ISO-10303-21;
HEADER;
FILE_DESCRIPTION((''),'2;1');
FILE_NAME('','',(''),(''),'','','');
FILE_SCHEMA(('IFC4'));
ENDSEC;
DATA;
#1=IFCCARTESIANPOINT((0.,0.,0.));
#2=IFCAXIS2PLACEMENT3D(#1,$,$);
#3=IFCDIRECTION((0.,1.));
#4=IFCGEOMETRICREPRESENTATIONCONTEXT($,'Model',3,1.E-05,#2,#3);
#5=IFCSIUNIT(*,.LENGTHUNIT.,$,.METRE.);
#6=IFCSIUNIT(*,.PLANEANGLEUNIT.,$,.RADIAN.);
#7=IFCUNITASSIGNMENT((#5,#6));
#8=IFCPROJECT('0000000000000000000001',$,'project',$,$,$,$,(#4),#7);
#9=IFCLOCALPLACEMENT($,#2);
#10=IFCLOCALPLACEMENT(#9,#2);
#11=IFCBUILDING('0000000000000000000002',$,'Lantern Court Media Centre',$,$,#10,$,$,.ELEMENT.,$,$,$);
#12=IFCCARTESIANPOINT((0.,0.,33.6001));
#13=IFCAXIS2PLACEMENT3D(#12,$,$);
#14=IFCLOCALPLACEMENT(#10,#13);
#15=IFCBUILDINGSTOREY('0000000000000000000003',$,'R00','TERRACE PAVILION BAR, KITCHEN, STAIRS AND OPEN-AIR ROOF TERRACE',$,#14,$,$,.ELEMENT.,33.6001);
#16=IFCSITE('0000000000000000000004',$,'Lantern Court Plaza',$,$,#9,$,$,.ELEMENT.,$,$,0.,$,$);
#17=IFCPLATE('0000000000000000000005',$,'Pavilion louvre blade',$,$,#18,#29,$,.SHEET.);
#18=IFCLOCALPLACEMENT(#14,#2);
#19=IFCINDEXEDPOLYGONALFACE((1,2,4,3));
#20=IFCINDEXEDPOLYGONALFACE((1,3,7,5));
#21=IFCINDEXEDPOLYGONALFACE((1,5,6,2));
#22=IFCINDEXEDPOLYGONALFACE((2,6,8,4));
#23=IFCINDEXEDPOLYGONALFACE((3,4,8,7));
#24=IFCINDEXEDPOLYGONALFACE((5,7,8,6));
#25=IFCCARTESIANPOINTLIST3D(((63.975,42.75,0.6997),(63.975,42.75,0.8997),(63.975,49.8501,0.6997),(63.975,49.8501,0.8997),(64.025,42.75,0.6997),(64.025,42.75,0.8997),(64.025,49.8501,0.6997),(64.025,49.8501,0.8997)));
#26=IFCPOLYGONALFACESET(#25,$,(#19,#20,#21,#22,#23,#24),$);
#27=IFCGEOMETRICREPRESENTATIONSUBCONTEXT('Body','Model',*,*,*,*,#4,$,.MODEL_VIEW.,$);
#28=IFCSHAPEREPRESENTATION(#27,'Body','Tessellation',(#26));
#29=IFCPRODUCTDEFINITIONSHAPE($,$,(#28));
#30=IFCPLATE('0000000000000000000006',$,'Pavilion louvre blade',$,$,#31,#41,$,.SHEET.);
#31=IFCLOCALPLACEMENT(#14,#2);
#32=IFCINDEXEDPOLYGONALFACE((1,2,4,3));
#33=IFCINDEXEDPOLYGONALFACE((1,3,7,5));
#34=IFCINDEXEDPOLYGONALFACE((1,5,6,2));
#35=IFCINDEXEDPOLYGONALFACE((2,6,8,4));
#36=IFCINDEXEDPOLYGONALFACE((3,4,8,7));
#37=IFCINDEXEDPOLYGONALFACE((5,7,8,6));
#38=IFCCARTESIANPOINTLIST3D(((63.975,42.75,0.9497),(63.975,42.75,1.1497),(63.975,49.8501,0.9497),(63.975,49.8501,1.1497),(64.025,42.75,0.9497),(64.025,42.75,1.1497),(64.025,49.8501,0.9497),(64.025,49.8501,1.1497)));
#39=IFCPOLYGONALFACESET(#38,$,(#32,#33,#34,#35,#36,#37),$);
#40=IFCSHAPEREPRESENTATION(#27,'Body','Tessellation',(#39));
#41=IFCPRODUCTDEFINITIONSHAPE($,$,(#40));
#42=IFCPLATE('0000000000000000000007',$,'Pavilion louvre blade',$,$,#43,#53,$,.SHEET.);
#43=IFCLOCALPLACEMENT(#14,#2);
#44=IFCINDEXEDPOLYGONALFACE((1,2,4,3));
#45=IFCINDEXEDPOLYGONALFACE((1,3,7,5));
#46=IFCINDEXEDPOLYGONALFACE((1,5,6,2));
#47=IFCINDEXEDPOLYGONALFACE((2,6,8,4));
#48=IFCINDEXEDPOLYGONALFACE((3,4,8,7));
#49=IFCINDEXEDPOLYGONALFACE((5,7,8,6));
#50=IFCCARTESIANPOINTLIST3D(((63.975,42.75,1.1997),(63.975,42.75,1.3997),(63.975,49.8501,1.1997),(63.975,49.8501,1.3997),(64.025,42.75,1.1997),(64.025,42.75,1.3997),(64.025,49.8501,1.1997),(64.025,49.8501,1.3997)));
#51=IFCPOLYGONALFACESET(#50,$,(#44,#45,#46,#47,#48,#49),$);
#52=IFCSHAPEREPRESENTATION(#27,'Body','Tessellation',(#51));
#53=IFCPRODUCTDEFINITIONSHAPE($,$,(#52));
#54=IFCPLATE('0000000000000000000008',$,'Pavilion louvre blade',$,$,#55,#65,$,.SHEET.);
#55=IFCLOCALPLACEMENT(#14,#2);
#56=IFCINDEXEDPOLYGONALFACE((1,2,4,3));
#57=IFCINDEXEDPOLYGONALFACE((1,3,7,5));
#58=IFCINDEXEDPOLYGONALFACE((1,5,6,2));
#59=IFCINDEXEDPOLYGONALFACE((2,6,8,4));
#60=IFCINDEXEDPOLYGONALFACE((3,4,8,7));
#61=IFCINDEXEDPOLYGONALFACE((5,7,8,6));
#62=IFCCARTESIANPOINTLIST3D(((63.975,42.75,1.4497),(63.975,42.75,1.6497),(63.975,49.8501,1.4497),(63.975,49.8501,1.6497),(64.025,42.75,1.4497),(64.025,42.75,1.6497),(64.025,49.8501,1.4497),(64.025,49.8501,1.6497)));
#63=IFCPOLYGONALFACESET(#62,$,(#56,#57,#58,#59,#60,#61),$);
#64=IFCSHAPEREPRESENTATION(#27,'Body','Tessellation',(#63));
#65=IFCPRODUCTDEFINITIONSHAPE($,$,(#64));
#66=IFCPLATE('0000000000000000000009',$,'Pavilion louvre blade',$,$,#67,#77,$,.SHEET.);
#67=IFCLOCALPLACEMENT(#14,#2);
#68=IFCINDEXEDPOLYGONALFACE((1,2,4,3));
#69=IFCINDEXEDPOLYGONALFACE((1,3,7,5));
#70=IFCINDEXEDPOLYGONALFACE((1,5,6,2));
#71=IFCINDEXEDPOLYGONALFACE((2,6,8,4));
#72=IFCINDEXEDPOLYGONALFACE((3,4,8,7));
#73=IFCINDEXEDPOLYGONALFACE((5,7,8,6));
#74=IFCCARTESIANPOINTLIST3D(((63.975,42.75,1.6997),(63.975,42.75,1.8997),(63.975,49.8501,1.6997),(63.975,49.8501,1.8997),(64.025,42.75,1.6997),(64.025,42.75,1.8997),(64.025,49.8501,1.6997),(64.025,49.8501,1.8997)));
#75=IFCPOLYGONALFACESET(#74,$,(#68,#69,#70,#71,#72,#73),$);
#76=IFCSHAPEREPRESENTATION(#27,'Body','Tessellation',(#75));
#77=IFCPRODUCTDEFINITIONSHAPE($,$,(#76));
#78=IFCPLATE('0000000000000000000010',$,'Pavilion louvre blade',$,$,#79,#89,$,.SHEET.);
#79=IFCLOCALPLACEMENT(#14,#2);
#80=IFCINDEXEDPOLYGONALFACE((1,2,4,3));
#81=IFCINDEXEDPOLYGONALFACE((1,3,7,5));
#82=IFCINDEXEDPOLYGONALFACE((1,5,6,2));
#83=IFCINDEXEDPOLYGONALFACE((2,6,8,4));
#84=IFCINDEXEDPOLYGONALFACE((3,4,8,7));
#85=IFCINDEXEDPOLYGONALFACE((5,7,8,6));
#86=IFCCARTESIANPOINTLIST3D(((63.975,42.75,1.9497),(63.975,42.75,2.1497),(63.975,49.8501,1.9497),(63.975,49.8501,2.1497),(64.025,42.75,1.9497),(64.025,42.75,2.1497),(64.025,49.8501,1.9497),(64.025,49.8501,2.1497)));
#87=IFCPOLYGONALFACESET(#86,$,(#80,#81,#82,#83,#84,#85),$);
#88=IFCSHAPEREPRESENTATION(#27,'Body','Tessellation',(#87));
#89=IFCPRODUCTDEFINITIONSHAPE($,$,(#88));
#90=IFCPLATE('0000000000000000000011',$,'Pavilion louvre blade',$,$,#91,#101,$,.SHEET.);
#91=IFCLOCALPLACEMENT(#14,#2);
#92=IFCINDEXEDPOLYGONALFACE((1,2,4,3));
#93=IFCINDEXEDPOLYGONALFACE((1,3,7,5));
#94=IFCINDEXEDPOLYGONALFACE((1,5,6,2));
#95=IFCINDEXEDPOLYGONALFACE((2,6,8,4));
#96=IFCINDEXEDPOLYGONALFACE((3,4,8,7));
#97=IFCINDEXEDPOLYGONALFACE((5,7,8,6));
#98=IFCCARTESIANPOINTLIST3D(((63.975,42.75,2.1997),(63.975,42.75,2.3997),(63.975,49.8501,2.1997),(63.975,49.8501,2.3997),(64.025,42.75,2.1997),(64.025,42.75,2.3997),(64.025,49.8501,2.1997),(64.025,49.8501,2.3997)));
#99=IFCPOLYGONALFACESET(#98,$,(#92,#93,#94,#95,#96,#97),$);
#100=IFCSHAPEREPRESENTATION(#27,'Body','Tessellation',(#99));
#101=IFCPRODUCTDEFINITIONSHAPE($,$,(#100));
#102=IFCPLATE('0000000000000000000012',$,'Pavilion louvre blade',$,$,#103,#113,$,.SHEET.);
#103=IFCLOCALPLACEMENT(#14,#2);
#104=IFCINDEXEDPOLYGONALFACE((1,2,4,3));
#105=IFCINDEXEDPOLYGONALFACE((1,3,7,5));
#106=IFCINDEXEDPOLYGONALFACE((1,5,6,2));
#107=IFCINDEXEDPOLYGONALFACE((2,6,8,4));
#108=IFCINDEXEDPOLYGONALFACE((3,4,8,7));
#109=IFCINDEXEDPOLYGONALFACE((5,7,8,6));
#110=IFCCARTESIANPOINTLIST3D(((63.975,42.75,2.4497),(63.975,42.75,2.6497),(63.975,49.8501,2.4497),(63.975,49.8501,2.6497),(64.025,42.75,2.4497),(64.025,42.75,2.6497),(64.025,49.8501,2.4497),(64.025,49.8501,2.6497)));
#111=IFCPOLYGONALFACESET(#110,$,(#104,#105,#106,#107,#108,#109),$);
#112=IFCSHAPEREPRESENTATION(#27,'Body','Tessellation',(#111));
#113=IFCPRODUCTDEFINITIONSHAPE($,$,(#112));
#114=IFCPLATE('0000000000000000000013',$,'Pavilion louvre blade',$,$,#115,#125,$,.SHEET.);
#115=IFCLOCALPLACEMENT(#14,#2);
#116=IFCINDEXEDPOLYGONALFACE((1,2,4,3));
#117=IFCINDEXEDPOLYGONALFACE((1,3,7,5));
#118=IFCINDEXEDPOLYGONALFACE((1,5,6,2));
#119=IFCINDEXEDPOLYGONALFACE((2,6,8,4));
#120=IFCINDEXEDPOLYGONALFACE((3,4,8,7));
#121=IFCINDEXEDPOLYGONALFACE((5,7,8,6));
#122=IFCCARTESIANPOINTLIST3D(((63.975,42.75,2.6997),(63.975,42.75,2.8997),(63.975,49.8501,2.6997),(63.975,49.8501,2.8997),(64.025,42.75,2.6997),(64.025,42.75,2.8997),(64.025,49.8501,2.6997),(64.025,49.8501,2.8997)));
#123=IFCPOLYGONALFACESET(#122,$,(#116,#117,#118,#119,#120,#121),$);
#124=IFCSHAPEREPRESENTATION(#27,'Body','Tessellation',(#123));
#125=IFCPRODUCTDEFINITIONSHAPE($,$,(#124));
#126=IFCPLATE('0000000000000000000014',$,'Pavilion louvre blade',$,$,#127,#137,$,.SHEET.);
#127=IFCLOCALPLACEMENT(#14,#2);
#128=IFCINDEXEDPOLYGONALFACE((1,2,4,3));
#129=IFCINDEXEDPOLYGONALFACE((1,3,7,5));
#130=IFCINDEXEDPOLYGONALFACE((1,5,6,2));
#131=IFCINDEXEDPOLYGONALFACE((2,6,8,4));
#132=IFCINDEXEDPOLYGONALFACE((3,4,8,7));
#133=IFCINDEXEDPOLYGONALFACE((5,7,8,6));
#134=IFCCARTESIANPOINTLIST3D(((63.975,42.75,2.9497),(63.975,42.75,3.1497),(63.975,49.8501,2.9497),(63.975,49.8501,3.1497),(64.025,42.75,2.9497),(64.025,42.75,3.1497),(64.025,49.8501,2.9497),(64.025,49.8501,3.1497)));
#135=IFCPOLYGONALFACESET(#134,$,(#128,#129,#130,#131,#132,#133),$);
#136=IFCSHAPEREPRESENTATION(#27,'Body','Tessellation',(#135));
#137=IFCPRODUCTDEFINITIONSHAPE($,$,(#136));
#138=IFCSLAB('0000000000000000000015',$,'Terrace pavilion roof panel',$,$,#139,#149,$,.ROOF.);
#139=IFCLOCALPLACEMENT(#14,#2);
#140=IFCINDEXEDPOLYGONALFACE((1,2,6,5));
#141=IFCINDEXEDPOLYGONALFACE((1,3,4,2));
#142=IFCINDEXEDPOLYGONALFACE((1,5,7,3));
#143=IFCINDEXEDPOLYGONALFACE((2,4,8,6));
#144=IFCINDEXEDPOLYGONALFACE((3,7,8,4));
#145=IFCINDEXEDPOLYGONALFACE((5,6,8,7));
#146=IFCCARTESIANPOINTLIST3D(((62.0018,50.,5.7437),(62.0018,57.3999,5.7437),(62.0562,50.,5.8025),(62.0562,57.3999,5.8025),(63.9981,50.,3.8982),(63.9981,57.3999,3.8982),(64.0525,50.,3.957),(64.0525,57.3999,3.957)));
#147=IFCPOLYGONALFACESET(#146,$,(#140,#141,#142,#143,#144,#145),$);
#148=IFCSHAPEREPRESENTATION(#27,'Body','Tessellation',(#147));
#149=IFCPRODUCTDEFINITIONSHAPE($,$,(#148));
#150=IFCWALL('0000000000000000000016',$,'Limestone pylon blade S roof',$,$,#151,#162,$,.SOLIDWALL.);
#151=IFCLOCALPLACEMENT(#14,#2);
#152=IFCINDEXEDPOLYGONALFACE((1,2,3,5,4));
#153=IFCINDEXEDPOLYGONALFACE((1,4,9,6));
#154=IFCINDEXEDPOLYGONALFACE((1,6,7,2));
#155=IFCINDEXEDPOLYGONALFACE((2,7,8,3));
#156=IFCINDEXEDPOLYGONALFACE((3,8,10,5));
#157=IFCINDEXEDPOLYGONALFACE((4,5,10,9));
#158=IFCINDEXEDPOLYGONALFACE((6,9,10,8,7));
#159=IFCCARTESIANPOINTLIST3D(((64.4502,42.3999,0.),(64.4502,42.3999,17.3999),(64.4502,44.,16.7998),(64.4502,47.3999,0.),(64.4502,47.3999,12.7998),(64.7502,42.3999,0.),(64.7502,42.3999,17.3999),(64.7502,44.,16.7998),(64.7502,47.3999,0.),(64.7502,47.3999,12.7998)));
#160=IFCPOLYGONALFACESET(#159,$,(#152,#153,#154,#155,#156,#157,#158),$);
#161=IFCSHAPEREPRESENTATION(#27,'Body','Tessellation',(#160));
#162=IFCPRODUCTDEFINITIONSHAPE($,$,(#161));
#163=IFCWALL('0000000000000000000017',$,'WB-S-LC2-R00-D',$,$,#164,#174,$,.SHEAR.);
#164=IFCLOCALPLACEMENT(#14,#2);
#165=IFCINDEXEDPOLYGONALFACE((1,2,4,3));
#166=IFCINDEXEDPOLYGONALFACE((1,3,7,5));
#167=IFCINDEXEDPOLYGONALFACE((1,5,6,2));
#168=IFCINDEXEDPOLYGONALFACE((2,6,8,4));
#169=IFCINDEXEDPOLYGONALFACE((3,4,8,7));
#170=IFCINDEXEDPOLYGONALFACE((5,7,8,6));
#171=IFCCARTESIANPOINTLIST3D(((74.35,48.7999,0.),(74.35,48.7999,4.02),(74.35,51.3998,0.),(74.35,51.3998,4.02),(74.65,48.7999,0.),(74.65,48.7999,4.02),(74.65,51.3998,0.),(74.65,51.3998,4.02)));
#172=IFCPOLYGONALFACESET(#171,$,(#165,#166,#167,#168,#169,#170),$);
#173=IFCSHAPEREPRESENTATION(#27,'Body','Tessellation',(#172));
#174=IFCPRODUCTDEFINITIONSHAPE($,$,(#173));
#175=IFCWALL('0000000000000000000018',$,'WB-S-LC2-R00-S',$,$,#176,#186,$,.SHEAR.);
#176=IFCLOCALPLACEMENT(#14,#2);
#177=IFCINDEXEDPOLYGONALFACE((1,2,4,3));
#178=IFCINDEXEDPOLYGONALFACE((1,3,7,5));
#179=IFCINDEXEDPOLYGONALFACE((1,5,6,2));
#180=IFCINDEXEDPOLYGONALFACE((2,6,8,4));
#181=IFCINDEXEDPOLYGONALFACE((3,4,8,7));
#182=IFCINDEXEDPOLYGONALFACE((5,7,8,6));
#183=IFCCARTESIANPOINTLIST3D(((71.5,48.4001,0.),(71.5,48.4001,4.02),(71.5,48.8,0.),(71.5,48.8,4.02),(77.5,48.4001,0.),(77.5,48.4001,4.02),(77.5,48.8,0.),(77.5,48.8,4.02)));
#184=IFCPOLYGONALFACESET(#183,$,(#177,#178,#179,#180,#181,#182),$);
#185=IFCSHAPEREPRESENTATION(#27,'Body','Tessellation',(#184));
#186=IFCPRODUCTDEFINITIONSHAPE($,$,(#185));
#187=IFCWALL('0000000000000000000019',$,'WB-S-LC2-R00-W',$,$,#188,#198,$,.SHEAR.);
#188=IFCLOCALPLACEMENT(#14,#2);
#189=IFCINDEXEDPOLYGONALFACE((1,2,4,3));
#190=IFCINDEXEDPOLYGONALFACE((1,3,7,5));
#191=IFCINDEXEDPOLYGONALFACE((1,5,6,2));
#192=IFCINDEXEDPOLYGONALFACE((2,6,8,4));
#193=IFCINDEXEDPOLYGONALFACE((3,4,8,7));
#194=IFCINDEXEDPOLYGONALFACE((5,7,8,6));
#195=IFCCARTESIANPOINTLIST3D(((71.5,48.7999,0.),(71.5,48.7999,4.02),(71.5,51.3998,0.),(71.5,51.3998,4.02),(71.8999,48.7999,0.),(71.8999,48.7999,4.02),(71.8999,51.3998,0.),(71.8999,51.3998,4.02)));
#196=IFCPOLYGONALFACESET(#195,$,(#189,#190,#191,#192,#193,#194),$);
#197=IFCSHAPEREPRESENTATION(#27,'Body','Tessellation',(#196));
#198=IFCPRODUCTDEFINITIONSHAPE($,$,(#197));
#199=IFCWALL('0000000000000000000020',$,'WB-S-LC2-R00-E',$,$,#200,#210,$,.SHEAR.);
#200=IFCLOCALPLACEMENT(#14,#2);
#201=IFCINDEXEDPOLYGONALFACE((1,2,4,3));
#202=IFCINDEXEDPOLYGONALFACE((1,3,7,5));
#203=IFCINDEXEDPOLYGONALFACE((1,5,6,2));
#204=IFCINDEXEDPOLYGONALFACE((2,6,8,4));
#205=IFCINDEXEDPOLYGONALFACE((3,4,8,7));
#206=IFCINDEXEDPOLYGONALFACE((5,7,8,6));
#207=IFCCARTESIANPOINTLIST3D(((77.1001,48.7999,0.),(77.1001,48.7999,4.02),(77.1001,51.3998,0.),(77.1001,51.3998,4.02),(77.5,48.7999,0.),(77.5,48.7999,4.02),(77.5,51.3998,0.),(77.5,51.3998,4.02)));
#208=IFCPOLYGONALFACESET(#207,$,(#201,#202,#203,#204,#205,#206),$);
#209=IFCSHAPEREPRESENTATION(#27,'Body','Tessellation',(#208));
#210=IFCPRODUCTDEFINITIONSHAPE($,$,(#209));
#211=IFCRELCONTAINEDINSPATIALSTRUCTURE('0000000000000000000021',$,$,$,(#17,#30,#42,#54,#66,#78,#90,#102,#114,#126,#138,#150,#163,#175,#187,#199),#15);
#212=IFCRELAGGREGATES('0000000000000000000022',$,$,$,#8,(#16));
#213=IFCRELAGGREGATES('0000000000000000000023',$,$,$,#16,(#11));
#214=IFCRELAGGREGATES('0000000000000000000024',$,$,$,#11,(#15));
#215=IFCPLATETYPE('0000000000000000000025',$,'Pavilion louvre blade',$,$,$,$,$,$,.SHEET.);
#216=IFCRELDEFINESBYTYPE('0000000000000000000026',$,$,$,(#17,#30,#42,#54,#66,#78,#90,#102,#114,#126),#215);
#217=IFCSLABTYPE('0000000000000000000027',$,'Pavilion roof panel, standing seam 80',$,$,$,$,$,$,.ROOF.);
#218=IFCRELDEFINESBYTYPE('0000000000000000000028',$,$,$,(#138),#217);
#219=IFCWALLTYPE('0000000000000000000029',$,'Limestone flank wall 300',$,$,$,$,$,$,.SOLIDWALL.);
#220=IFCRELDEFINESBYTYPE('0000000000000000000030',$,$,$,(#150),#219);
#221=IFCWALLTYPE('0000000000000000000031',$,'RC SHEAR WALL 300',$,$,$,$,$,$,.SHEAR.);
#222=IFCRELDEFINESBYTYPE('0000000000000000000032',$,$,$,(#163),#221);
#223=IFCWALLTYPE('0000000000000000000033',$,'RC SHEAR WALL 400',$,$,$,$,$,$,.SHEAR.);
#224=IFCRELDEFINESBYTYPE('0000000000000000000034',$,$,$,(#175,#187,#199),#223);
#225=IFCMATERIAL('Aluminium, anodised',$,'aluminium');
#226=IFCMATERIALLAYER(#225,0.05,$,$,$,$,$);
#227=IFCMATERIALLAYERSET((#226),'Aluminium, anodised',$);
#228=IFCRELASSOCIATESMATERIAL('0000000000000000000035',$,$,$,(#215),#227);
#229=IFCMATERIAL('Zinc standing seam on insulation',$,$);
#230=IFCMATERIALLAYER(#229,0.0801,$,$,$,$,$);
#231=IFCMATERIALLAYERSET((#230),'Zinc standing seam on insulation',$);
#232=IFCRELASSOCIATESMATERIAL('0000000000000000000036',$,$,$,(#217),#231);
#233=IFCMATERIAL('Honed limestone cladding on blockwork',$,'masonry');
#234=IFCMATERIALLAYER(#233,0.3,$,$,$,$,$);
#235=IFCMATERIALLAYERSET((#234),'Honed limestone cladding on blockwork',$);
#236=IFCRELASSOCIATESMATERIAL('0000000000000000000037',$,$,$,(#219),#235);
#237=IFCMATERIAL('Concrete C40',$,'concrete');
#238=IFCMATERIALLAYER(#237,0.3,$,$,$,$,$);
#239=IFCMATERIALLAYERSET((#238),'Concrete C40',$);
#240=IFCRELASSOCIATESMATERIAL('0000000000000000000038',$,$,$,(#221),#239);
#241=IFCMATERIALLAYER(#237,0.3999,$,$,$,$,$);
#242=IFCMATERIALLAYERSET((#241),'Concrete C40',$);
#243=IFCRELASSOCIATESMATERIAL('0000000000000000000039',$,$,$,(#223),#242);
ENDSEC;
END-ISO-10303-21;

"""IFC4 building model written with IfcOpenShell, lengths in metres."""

from ifc_helpers import new_model, si_unit, direction, frame, frame_2d, origin, origin_2d, place, context, subcontext, project, spatial, polyline, rectangle, outline, extrude, material, layer, layer_set, type_object, element, save


model = new_model("IFC4")

# Units and contexts
model_context = context("Model", 3, precision=1e-05, world=origin(), true_north=direction((0.0, 1.0)))
body_context = subcontext(model_context, "Body", "Model", "MODEL_VIEW")
ifc_project = project(units=[si_unit("LENGTHUNIT", "METRE"), si_unit("PLANEANGLEUNIT", "RADIAN")], contexts=[model_context])

# Site, building, storey
site_placement = place(None, origin())
site = spatial("IfcSite", under=ifc_project, at=site_placement, Name="Lantern Court Plaza", CompositionType="ELEMENT", RefElevation=0.0)
building_placement = place(site_placement, origin())
building = spatial("IfcBuilding", under=site, at=building_placement, Name="Lantern Court Media Centre", CompositionType="ELEMENT")
storey_placement = place(building_placement, frame((0.0, 0.0, 33.6001)))
storey = spatial("IfcBuildingStorey", under=building, at=storey_placement, Name="R00", Description="TERRACE PAVILION BAR, KITCHEN, STAIRS AND OPEN-AIR ROOF TERRACE", CompositionType="ELEMENT", Elevation=33.6001)

# Plates
ifc_material_1 = material(Name="Aluminium, anodised", Category="aluminium")
ifc_layer_1 = layer(ifc_material_1, 0.05)
ifc_layer_set_1 = layer_set([ifc_layer_1], Name="Aluminium, anodised")
plate_type = type_object("IfcPlateType", Name="Pavilion louvre blade", PredefinedType="SHEET", material=ifc_layer_set_1)
for number, where, z_axis, x_axis, name in (
    (1, (64.0, 46.3, 0.6997), (0.0, 0.0, 1.0), (1.0, 0.0, 0.0), "Pavilion louvre blade"),
    (2, (64.0, 46.3, 0.9497), (0.0, 0.0, 1.0), (1.0, 0.0, 0.0), "Pavilion louvre blade"),
    (3, (64.0, 46.3, 1.1997), (0.0, 0.0, 1.0), (1.0, 0.0, 0.0), "Pavilion louvre blade"),
    (4, (64.0, 46.3, 1.4497), (0.0, 0.0, 1.0), (1.0, 0.0, 0.0), "Pavilion louvre blade"),
    (5, (64.0, 46.3, 1.6997), (0.0, 0.0, 1.0), (1.0, 0.0, 0.0), "Pavilion louvre blade"),
    (6, (64.0, 46.3, 1.9497), (0.0, 0.0, 1.0), (1.0, 0.0, 0.0), "Pavilion louvre blade"),
    (7, (64.0, 46.3, 2.1997), (0.0, 0.0, 1.0), (1.0, 0.0, 0.0), "Pavilion louvre blade"),
    (8, (64.0, 46.3, 2.4497), (0.0, 0.0, 1.0), (1.0, 0.0, 0.0), "Pavilion louvre blade"),
    (9, (64.0, 46.3, 2.6997), (0.0, 0.0, 1.0), (1.0, 0.0, 0.0), "Pavilion louvre blade"),
    (10, (64.0, 46.3, 2.9497), (0.0, 0.0, 1.0), (1.0, 0.0, 0.0), "Pavilion louvre blade"),
):
    element("IfcPlate", number, at=place(storey_placement, frame(where, z_axis=z_axis, x_axis=x_axis)), inside=storey, type_object=plate_type, Name=name, PredefinedType="SHEET", context=body_context, shape_type="SweptSolid", body=[
        extrude(rectangle(XDim=0.05, YDim=7.1001, at=origin_2d()), origin(), (0.0, 0.0, 1.0), 0.2),
    ])

# Slab
ifc_material_2 = material(Name="Zinc standing seam on insulation")
ifc_layer_2 = layer(ifc_material_2, 0.0801)
ifc_layer_set_2 = layer_set([ifc_layer_2], Name="Zinc standing seam on insulation")
slab_type = type_object("IfcSlabType", Name="Pavilion roof panel, standing seam 80", PredefinedType="ROOF", material=ifc_layer_set_2)
slab_placement = place(storey_placement, frame((62.0562, 50.0, 5.8025), z_axis=(0.678813, 0.0, 0.734311), x_axis=(0.734311, 0.0, -0.678813)))
element("IfcSlab", 11, at=slab_placement, inside=storey, type_object=slab_type, Name="Terrace pavilion roof panel", PredefinedType="ROOF", context=body_context, shape_type="SweptSolid", body=[
    extrude(outline(polyline([(0.0, 0.0), (2.7187, 0.0), (2.7187, 7.3999), (0.0, 7.3999), (0.0, 0.0)])), origin(), (0.0, 0.0, -1.0), 0.0801),
])

# Walls
ifc_material_3 = material(Name="Honed limestone cladding on blockwork", Category="masonry")
ifc_layer_3 = layer(ifc_material_3, 0.3)
ifc_layer_set_3 = layer_set([ifc_layer_3], Name="Honed limestone cladding on blockwork")
wall_type_1 = type_object("IfcWallType", Name="Limestone flank wall 300", PredefinedType="SOLIDWALL", material=ifc_layer_set_3)
wall_1_placement = place(storey_placement, frame((64.6001, 42.3999, 0.0), z_axis=(0.0, 0.0, 1.0), x_axis=(0.0, 1.0, 0.0)))
element("IfcWall", 12, at=wall_1_placement, inside=storey, type_object=wall_type_1, Name="Limestone pylon blade S roof", PredefinedType="SOLIDWALL", context=body_context, shape_type="SweptSolid", body=[
    extrude(outline(polyline([(0.0, 0.0), (5.0, 0.0), (5.0, 12.7998), (1.6001, 16.7998), (0.0, 17.3999), (0.0, 0.0)])), frame((0.0, 0.1499, 0.0), z_axis=(0.0, -1.0, 0.0), x_axis=(1.0, 0.0, 0.0)), (0.0, 0.0, 1.0), 0.3),
])
ifc_material_4 = material(Name="Concrete C40", Category="concrete")
ifc_layer_4 = layer(ifc_material_4, 0.3)
ifc_layer_set_4 = layer_set([ifc_layer_4], Name="Concrete C40")
wall_type_2 = type_object("IfcWallType", Name="RC SHEAR WALL 300", PredefinedType="SHEAR", material=ifc_layer_set_4)
wall_2_placement = place(storey_placement, frame((74.5, 48.8, 0.0), z_axis=(0.0, 0.0, 1.0), x_axis=(0.0, 1.0, 0.0)))
element("IfcWall", 13, at=wall_2_placement, inside=storey, type_object=wall_type_2, Name="WB-S-LC2-R00-D", PredefinedType="SHEAR", context=body_context, shape_type="SweptSolid", body=[
    extrude(rectangle(XDim=2.5999, YDim=0.3, at=frame_2d((1.2998, 0.0))), origin(), (0.0, 0.0, 1.0), 4.02),
])
ifc_layer_5 = layer(ifc_material_4, 0.3999)
ifc_layer_set_5 = layer_set([ifc_layer_5], Name="Concrete C40")
wall_type_3 = type_object("IfcWallType", Name="RC SHEAR WALL 400", PredefinedType="SHEAR", material=ifc_layer_set_5)
wall_3_placement = place(storey_placement, frame((71.5, 48.6001, 0.0), z_axis=(0.0, 0.0, 1.0), x_axis=(1.0, 0.0, 0.0)))
element("IfcWall", 14, at=wall_3_placement, inside=storey, type_object=wall_type_3, Name="WB-S-LC2-R00-S", PredefinedType="SHEAR", context=body_context, shape_type="SweptSolid", body=[
    extrude(rectangle(XDim=6.0, YDim=0.3999, at=frame_2d((3.0, 0.0))), origin(), (0.0, 0.0, 1.0), 4.02),
])
for number, where, z_axis, x_axis, name in (
    (15, (71.7, 48.8, 0.0), (0.0, 0.0, 1.0), (0.0, 1.0, 0.0), "WB-S-LC2-R00-W"),
    (16, (77.3, 48.8, 0.0), (0.0, 0.0, 1.0), (0.0, 1.0, 0.0), "WB-S-LC2-R00-E"),
):
    element("IfcWall", number, at=place(storey_placement, frame(where, z_axis=z_axis, x_axis=x_axis)), inside=storey, type_object=wall_type_3, Name=name, PredefinedType="SHEAR", context=body_context, shape_type="SweptSolid", body=[
        extrude(rectangle(XDim=2.5999, YDim=0.3999, at=frame_2d((1.2998, 0.0))), origin(), (0.0, 0.0, 1.0), 4.02),
    ])

save(model, "model.ifc")
